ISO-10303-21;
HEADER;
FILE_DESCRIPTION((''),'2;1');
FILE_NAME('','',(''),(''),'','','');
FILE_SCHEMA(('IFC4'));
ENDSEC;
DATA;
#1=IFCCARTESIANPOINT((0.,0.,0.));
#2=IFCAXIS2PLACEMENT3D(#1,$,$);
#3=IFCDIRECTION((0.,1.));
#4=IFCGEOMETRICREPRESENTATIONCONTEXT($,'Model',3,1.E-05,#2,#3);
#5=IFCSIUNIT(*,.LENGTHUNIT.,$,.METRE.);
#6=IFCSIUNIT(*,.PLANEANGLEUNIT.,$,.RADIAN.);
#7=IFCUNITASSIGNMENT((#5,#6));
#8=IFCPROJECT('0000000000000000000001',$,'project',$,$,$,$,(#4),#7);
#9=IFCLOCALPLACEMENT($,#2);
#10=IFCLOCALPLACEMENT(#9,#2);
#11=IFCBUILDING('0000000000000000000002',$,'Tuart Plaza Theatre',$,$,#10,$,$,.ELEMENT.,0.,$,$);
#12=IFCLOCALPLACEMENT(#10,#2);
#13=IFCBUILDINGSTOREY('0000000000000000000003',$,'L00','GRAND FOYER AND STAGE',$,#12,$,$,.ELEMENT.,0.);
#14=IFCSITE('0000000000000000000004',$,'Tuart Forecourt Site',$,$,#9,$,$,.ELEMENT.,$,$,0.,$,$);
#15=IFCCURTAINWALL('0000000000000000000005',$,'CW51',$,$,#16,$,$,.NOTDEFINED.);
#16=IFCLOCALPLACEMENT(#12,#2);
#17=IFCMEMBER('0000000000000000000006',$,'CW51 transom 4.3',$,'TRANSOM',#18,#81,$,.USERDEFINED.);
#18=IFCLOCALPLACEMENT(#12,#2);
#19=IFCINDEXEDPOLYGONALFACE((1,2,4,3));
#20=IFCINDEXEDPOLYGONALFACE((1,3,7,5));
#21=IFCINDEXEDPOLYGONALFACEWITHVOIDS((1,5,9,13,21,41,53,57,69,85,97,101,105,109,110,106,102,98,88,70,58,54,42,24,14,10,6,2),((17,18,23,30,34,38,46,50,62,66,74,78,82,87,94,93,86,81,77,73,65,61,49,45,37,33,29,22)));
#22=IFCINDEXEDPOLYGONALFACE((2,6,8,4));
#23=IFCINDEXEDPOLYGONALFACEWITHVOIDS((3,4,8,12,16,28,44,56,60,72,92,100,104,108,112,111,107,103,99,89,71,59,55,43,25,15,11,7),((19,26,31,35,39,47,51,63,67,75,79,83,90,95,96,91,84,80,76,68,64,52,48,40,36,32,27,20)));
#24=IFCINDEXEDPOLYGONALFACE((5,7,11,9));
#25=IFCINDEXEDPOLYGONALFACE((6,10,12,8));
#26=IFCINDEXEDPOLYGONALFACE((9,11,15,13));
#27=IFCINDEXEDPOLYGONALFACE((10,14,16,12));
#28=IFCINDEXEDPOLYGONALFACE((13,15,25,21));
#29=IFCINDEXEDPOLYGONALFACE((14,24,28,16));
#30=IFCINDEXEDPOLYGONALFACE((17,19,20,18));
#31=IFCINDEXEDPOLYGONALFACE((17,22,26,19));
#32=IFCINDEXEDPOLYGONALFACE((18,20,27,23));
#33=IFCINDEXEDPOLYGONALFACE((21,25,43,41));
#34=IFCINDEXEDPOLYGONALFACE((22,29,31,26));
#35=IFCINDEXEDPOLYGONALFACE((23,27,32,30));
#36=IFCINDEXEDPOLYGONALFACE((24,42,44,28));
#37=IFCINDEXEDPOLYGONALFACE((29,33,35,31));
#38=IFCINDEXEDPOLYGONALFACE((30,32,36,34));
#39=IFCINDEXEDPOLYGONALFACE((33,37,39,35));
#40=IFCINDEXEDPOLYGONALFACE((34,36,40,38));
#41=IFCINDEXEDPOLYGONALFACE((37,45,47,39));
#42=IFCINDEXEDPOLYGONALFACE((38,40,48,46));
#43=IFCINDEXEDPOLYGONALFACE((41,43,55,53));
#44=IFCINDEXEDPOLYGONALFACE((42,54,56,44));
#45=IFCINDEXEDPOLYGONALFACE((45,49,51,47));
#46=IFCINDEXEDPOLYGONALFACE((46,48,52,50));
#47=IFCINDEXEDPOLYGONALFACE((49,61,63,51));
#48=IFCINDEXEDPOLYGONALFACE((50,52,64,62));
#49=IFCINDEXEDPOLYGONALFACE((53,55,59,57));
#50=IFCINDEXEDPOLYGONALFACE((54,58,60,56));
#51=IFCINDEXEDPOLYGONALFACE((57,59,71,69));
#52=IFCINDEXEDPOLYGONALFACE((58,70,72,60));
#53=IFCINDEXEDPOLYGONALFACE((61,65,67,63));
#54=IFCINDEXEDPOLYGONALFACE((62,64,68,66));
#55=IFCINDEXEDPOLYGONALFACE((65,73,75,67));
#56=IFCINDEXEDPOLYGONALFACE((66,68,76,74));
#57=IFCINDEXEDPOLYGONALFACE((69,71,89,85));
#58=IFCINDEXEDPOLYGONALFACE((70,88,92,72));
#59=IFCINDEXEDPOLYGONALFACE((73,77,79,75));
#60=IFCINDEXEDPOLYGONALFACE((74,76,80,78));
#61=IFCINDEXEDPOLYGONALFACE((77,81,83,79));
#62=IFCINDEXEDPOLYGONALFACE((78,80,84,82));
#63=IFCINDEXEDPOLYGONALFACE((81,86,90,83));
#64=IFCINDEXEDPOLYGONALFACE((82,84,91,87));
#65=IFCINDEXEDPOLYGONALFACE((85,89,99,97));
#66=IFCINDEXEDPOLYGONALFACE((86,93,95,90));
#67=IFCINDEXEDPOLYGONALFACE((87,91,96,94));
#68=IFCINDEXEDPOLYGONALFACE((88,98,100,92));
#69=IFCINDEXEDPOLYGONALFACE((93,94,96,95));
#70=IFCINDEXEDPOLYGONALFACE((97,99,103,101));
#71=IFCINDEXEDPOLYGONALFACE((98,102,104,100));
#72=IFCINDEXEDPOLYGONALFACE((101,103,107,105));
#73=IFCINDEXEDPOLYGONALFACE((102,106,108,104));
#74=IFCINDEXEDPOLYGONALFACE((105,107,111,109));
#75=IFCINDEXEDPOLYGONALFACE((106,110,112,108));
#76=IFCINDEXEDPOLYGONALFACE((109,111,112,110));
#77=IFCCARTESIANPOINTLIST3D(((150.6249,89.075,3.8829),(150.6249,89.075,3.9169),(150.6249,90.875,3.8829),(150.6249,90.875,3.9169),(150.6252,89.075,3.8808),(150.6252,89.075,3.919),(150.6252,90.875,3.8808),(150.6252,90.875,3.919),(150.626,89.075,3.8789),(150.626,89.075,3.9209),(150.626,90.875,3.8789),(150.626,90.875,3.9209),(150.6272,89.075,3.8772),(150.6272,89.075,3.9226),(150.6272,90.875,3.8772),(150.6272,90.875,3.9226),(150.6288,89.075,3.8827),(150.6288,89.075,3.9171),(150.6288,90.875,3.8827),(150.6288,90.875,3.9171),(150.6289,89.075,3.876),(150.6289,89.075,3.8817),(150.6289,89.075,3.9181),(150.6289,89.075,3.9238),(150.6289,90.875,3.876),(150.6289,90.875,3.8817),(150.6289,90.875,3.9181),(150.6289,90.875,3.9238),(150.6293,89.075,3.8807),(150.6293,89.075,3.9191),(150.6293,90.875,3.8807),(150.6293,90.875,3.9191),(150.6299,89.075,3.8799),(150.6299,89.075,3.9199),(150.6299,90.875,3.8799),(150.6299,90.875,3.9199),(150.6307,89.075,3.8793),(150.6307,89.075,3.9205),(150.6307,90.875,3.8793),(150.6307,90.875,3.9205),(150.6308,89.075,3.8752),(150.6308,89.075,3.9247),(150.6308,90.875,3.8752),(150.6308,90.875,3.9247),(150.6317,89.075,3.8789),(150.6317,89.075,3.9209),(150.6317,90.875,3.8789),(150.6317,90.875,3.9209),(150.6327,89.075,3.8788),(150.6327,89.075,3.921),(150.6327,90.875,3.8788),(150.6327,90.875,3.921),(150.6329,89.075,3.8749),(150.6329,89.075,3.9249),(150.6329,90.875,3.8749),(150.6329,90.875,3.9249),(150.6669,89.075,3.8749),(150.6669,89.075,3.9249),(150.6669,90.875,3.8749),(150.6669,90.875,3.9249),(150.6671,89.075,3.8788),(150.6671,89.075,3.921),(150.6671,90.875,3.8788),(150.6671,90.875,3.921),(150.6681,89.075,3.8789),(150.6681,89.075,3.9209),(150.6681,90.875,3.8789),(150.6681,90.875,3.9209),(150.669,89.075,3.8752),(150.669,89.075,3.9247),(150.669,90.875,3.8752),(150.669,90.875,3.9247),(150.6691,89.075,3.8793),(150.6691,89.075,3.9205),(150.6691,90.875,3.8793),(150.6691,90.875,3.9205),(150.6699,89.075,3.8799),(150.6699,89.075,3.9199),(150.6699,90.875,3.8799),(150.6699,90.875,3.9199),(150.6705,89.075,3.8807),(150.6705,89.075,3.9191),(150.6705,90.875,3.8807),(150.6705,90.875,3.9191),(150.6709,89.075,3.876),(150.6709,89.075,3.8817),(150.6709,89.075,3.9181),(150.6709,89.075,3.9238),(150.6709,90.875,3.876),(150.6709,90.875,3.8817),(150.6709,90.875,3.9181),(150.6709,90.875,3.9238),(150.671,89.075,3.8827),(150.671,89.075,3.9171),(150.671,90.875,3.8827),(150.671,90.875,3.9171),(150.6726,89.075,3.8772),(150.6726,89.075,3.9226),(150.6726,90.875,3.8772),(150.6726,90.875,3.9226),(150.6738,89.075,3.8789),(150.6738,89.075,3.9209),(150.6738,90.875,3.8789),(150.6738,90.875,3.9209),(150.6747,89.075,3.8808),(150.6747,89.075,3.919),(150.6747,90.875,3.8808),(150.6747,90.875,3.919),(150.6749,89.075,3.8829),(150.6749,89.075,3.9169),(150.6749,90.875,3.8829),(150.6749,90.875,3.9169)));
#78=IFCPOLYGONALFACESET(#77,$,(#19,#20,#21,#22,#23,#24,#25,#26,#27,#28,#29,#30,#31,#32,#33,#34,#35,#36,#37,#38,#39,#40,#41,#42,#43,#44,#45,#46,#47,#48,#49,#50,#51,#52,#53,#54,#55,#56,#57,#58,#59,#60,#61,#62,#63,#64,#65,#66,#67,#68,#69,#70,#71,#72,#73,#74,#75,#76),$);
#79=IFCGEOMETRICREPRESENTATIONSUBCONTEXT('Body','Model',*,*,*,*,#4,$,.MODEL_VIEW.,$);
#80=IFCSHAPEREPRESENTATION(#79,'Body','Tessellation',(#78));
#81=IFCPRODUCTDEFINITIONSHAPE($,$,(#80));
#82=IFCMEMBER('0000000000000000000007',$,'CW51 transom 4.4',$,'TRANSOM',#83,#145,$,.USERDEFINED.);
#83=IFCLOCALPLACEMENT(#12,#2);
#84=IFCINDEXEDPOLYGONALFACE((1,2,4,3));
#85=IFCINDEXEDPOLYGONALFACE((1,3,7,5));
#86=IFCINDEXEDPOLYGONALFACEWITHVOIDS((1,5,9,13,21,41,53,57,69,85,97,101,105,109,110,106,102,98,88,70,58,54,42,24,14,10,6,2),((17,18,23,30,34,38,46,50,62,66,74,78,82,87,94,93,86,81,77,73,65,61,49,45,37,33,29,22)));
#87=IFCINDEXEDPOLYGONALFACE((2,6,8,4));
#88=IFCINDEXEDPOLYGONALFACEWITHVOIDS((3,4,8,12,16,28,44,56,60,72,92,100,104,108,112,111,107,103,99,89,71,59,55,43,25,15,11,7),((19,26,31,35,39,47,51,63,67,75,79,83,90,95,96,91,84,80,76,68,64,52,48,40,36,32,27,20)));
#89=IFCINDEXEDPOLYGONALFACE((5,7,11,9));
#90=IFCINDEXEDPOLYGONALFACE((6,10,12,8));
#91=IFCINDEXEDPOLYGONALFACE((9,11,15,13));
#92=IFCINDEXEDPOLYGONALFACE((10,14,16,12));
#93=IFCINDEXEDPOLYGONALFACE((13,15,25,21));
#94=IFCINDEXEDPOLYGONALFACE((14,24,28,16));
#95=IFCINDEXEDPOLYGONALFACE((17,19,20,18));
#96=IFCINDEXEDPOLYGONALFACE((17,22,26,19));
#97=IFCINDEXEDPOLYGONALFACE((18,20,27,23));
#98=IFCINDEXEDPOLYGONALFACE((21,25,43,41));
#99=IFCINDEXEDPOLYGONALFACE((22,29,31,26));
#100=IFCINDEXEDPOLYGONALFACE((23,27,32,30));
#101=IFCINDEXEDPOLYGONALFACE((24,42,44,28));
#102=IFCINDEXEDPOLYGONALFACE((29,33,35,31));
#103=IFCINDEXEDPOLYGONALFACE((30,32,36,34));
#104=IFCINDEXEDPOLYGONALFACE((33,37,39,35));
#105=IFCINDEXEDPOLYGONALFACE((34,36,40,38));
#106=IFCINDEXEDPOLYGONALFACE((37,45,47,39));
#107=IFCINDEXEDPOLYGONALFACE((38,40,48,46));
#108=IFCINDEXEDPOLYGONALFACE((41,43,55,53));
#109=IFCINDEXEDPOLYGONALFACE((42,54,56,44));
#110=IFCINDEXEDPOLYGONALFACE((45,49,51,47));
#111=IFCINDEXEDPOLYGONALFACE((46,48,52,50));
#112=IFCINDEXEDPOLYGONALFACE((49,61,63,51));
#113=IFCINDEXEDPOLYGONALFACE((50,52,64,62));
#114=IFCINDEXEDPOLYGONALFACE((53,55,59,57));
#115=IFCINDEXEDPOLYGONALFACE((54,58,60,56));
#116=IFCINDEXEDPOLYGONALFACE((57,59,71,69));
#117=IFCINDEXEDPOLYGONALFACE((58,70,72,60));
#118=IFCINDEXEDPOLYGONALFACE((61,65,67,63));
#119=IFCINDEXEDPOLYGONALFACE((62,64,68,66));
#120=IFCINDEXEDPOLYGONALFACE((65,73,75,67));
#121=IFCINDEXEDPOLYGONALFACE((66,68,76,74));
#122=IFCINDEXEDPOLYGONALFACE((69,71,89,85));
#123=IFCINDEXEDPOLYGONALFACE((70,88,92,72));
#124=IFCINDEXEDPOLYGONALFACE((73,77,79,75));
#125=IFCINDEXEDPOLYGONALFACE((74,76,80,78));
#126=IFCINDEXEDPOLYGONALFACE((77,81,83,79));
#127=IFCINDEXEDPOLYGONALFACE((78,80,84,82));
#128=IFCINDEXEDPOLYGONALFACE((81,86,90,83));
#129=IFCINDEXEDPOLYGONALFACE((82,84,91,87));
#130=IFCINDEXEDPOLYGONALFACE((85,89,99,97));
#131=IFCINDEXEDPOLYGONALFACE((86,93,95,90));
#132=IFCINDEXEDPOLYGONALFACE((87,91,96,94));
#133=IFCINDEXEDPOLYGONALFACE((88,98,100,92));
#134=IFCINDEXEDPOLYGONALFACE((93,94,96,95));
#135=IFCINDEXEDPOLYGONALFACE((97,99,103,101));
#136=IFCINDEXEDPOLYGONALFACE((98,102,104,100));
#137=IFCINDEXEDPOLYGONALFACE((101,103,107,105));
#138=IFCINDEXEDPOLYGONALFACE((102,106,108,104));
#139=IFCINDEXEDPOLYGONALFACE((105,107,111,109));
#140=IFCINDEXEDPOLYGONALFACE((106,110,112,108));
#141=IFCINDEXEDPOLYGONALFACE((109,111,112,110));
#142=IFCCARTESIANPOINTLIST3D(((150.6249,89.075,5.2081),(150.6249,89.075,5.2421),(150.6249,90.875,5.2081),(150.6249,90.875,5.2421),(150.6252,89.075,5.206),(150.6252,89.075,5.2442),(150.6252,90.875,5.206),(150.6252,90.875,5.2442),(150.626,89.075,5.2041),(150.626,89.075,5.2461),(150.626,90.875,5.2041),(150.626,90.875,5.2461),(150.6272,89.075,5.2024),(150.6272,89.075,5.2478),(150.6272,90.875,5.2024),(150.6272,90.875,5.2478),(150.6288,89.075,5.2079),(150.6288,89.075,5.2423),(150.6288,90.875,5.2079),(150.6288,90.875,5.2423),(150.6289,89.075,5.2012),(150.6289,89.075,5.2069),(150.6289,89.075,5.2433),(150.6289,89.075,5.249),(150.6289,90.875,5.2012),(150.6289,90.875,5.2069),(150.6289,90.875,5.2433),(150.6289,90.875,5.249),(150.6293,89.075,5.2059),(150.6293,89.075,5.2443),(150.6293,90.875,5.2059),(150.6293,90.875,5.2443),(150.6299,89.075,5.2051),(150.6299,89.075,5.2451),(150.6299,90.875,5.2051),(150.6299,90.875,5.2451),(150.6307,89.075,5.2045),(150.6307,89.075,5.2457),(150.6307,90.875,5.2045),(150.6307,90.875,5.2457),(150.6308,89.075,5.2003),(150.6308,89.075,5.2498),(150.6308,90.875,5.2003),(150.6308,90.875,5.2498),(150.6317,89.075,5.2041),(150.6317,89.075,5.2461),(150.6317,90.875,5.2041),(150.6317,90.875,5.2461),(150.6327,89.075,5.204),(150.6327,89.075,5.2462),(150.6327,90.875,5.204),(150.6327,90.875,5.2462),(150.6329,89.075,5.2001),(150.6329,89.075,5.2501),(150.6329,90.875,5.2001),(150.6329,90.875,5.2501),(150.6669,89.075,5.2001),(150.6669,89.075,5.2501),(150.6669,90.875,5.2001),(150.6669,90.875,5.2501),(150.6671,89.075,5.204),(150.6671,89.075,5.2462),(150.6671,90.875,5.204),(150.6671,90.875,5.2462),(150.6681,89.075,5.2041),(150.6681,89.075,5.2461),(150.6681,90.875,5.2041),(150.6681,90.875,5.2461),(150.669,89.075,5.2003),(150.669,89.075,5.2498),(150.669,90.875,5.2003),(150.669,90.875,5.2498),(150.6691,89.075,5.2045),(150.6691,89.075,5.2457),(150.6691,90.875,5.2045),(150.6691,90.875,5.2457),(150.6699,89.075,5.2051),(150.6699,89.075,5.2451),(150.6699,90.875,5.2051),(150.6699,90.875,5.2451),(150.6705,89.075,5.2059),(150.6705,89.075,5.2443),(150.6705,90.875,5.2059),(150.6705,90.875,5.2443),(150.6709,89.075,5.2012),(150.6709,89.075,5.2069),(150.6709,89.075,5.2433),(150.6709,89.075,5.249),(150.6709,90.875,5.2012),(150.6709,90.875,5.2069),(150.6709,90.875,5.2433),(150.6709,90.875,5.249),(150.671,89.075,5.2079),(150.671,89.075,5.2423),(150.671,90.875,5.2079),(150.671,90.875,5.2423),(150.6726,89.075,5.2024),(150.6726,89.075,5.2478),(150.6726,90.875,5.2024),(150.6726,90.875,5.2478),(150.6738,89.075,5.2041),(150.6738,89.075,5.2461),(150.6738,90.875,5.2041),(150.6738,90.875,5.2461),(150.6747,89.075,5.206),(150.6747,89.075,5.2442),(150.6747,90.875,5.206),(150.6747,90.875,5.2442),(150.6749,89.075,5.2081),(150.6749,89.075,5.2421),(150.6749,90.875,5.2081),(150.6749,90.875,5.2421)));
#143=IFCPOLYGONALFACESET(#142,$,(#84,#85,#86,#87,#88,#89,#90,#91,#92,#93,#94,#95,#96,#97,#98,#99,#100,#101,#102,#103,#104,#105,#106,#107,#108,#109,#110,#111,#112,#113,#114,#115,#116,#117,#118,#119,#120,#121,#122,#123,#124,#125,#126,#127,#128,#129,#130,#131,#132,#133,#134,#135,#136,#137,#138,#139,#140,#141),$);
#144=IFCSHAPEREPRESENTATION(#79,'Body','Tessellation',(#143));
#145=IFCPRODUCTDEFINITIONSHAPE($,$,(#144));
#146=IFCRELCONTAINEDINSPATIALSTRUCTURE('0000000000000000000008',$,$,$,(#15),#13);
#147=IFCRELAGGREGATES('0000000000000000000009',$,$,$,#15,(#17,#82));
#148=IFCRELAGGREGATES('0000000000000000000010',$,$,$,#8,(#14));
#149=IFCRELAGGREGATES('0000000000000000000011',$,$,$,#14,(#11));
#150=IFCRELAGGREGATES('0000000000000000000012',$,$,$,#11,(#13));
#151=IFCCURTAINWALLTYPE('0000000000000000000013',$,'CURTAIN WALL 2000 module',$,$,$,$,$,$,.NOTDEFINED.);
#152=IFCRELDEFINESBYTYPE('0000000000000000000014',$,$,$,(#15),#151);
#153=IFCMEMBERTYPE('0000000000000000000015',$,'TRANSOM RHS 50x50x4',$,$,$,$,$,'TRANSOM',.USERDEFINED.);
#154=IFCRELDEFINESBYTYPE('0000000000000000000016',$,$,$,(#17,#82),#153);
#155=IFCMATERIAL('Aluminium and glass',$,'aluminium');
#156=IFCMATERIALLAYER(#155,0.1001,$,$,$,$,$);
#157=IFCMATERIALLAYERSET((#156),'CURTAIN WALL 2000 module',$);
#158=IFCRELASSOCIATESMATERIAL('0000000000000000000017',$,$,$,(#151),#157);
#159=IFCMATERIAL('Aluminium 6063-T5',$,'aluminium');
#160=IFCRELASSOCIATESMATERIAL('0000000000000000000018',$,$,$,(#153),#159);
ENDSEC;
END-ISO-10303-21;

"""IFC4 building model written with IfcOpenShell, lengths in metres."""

from ifc_helpers import new_model, si_unit, direction, frame, origin, origin_2d, place, context, subcontext, project, spatial, hollow_rectangle, extrude, material, layer, layer_set, material_profile, profile_set, type_object, element, aggregate, save


model = new_model("IFC4")

# Units and contexts
model_context = context("Model", 3, precision=1e-05, world=origin(), true_north=direction((0.0, 1.0)))
body_context = subcontext(model_context, "Body", "Model", "MODEL_VIEW")
ifc_project = project(units=[si_unit("LENGTHUNIT", "METRE"), si_unit("PLANEANGLEUNIT", "RADIAN")], contexts=[model_context])

# Site, building, storey
site_placement = place(None, origin())
site = spatial("IfcSite", under=ifc_project, at=site_placement, Name="Tuart Forecourt Site", CompositionType="ELEMENT", RefElevation=0.0)
building_placement = place(site_placement, origin())
building = spatial("IfcBuilding", under=site, at=building_placement, Name="Tuart Plaza Theatre", CompositionType="ELEMENT", ElevationOfRefHeight=0.0)
storey_placement = place(building_placement, origin())
storey = spatial("IfcBuildingStorey", under=building, at=storey_placement, Name="L00", Description="GRAND FOYER AND STAGE", CompositionType="ELEMENT", Elevation=0.0)

# Curtain wall
ifc_material_1 = material(Name="Aluminium and glass", Category="aluminium")
ifc_layer_1 = layer(ifc_material_1, 0.1001)
ifc_layer_set_1 = layer_set([ifc_layer_1], Name="CURTAIN WALL 2000 module")
curtain_wall_type_1 = type_object("IfcCurtainWallType", Name="CURTAIN WALL 2000 module", PredefinedType="NOTDEFINED", material=ifc_layer_set_1)
curtain_wall_1_placement = place(storey_placement, origin())
curtain_wall_1 = element("IfcCurtainWall", 1, at=curtain_wall_1_placement, inside=storey, type_object=curtain_wall_type_1, Name="CW51", PredefinedType="NOTDEFINED")

# Members
ifc_material_2 = material(Name="Aluminium 6063-T5", Category="aluminium")
ifc_material_profile_1 = material_profile(ifc_material_2, hollow_rectangle(XDim=0.05, YDim=0.05, WallThickness=0.0039, InnerFilletRadius=0.0039, OuterFilletRadius=0.0081, at=origin_2d()), Name="RHS 50x50x4")
ifc_profile_set_1 = profile_set([ifc_material_profile_1], Name="Aluminium 6063-T5")
member_type_1 = type_object("IfcMemberType", Name="TRANSOM RHS 50x50x4", ElementType="TRANSOM", PredefinedType="USERDEFINED", material=ifc_profile_set_1)
member_1_placement = place(storey_placement, frame((150.6499, 89.075, 3.8999), z_axis=(0.0, 1.0, 0.0), x_axis=(-1.0, 0.0, 0.0)))
member_1 = element("IfcMember", 2, at=member_1_placement, type_object=member_type_1, Name="CW51 transom 4.3", ObjectType="TRANSOM", PredefinedType="USERDEFINED", context=body_context, shape_type="SweptSolid", body=[
    extrude(hollow_rectangle(XDim=0.05, YDim=0.05, WallThickness=0.0039, InnerFilletRadius=0.0039, OuterFilletRadius=0.0081, at=origin_2d()), origin(), (0.0, 0.0, 1.0), 1.8),
])
member_2_placement = place(storey_placement, frame((150.6499, 89.075, 5.2251), z_axis=(0.0, 1.0, 0.0), x_axis=(-1.0, 0.0, 0.0)))
member_2 = element("IfcMember", 3, at=member_2_placement, type_object=member_type_1, Name="CW51 transom 4.4", ObjectType="TRANSOM", PredefinedType="USERDEFINED", context=body_context, shape_type="SweptSolid", body=[
    extrude(hollow_rectangle(XDim=0.05, YDim=0.05, WallThickness=0.0039, InnerFilletRadius=0.0039, OuterFilletRadius=0.0081, at=origin_2d()), origin(), (0.0, 0.0, 1.0), 1.8),
])

aggregate(curtain_wall_1, [member_1, member_2])

save(model, "model.ifc")
